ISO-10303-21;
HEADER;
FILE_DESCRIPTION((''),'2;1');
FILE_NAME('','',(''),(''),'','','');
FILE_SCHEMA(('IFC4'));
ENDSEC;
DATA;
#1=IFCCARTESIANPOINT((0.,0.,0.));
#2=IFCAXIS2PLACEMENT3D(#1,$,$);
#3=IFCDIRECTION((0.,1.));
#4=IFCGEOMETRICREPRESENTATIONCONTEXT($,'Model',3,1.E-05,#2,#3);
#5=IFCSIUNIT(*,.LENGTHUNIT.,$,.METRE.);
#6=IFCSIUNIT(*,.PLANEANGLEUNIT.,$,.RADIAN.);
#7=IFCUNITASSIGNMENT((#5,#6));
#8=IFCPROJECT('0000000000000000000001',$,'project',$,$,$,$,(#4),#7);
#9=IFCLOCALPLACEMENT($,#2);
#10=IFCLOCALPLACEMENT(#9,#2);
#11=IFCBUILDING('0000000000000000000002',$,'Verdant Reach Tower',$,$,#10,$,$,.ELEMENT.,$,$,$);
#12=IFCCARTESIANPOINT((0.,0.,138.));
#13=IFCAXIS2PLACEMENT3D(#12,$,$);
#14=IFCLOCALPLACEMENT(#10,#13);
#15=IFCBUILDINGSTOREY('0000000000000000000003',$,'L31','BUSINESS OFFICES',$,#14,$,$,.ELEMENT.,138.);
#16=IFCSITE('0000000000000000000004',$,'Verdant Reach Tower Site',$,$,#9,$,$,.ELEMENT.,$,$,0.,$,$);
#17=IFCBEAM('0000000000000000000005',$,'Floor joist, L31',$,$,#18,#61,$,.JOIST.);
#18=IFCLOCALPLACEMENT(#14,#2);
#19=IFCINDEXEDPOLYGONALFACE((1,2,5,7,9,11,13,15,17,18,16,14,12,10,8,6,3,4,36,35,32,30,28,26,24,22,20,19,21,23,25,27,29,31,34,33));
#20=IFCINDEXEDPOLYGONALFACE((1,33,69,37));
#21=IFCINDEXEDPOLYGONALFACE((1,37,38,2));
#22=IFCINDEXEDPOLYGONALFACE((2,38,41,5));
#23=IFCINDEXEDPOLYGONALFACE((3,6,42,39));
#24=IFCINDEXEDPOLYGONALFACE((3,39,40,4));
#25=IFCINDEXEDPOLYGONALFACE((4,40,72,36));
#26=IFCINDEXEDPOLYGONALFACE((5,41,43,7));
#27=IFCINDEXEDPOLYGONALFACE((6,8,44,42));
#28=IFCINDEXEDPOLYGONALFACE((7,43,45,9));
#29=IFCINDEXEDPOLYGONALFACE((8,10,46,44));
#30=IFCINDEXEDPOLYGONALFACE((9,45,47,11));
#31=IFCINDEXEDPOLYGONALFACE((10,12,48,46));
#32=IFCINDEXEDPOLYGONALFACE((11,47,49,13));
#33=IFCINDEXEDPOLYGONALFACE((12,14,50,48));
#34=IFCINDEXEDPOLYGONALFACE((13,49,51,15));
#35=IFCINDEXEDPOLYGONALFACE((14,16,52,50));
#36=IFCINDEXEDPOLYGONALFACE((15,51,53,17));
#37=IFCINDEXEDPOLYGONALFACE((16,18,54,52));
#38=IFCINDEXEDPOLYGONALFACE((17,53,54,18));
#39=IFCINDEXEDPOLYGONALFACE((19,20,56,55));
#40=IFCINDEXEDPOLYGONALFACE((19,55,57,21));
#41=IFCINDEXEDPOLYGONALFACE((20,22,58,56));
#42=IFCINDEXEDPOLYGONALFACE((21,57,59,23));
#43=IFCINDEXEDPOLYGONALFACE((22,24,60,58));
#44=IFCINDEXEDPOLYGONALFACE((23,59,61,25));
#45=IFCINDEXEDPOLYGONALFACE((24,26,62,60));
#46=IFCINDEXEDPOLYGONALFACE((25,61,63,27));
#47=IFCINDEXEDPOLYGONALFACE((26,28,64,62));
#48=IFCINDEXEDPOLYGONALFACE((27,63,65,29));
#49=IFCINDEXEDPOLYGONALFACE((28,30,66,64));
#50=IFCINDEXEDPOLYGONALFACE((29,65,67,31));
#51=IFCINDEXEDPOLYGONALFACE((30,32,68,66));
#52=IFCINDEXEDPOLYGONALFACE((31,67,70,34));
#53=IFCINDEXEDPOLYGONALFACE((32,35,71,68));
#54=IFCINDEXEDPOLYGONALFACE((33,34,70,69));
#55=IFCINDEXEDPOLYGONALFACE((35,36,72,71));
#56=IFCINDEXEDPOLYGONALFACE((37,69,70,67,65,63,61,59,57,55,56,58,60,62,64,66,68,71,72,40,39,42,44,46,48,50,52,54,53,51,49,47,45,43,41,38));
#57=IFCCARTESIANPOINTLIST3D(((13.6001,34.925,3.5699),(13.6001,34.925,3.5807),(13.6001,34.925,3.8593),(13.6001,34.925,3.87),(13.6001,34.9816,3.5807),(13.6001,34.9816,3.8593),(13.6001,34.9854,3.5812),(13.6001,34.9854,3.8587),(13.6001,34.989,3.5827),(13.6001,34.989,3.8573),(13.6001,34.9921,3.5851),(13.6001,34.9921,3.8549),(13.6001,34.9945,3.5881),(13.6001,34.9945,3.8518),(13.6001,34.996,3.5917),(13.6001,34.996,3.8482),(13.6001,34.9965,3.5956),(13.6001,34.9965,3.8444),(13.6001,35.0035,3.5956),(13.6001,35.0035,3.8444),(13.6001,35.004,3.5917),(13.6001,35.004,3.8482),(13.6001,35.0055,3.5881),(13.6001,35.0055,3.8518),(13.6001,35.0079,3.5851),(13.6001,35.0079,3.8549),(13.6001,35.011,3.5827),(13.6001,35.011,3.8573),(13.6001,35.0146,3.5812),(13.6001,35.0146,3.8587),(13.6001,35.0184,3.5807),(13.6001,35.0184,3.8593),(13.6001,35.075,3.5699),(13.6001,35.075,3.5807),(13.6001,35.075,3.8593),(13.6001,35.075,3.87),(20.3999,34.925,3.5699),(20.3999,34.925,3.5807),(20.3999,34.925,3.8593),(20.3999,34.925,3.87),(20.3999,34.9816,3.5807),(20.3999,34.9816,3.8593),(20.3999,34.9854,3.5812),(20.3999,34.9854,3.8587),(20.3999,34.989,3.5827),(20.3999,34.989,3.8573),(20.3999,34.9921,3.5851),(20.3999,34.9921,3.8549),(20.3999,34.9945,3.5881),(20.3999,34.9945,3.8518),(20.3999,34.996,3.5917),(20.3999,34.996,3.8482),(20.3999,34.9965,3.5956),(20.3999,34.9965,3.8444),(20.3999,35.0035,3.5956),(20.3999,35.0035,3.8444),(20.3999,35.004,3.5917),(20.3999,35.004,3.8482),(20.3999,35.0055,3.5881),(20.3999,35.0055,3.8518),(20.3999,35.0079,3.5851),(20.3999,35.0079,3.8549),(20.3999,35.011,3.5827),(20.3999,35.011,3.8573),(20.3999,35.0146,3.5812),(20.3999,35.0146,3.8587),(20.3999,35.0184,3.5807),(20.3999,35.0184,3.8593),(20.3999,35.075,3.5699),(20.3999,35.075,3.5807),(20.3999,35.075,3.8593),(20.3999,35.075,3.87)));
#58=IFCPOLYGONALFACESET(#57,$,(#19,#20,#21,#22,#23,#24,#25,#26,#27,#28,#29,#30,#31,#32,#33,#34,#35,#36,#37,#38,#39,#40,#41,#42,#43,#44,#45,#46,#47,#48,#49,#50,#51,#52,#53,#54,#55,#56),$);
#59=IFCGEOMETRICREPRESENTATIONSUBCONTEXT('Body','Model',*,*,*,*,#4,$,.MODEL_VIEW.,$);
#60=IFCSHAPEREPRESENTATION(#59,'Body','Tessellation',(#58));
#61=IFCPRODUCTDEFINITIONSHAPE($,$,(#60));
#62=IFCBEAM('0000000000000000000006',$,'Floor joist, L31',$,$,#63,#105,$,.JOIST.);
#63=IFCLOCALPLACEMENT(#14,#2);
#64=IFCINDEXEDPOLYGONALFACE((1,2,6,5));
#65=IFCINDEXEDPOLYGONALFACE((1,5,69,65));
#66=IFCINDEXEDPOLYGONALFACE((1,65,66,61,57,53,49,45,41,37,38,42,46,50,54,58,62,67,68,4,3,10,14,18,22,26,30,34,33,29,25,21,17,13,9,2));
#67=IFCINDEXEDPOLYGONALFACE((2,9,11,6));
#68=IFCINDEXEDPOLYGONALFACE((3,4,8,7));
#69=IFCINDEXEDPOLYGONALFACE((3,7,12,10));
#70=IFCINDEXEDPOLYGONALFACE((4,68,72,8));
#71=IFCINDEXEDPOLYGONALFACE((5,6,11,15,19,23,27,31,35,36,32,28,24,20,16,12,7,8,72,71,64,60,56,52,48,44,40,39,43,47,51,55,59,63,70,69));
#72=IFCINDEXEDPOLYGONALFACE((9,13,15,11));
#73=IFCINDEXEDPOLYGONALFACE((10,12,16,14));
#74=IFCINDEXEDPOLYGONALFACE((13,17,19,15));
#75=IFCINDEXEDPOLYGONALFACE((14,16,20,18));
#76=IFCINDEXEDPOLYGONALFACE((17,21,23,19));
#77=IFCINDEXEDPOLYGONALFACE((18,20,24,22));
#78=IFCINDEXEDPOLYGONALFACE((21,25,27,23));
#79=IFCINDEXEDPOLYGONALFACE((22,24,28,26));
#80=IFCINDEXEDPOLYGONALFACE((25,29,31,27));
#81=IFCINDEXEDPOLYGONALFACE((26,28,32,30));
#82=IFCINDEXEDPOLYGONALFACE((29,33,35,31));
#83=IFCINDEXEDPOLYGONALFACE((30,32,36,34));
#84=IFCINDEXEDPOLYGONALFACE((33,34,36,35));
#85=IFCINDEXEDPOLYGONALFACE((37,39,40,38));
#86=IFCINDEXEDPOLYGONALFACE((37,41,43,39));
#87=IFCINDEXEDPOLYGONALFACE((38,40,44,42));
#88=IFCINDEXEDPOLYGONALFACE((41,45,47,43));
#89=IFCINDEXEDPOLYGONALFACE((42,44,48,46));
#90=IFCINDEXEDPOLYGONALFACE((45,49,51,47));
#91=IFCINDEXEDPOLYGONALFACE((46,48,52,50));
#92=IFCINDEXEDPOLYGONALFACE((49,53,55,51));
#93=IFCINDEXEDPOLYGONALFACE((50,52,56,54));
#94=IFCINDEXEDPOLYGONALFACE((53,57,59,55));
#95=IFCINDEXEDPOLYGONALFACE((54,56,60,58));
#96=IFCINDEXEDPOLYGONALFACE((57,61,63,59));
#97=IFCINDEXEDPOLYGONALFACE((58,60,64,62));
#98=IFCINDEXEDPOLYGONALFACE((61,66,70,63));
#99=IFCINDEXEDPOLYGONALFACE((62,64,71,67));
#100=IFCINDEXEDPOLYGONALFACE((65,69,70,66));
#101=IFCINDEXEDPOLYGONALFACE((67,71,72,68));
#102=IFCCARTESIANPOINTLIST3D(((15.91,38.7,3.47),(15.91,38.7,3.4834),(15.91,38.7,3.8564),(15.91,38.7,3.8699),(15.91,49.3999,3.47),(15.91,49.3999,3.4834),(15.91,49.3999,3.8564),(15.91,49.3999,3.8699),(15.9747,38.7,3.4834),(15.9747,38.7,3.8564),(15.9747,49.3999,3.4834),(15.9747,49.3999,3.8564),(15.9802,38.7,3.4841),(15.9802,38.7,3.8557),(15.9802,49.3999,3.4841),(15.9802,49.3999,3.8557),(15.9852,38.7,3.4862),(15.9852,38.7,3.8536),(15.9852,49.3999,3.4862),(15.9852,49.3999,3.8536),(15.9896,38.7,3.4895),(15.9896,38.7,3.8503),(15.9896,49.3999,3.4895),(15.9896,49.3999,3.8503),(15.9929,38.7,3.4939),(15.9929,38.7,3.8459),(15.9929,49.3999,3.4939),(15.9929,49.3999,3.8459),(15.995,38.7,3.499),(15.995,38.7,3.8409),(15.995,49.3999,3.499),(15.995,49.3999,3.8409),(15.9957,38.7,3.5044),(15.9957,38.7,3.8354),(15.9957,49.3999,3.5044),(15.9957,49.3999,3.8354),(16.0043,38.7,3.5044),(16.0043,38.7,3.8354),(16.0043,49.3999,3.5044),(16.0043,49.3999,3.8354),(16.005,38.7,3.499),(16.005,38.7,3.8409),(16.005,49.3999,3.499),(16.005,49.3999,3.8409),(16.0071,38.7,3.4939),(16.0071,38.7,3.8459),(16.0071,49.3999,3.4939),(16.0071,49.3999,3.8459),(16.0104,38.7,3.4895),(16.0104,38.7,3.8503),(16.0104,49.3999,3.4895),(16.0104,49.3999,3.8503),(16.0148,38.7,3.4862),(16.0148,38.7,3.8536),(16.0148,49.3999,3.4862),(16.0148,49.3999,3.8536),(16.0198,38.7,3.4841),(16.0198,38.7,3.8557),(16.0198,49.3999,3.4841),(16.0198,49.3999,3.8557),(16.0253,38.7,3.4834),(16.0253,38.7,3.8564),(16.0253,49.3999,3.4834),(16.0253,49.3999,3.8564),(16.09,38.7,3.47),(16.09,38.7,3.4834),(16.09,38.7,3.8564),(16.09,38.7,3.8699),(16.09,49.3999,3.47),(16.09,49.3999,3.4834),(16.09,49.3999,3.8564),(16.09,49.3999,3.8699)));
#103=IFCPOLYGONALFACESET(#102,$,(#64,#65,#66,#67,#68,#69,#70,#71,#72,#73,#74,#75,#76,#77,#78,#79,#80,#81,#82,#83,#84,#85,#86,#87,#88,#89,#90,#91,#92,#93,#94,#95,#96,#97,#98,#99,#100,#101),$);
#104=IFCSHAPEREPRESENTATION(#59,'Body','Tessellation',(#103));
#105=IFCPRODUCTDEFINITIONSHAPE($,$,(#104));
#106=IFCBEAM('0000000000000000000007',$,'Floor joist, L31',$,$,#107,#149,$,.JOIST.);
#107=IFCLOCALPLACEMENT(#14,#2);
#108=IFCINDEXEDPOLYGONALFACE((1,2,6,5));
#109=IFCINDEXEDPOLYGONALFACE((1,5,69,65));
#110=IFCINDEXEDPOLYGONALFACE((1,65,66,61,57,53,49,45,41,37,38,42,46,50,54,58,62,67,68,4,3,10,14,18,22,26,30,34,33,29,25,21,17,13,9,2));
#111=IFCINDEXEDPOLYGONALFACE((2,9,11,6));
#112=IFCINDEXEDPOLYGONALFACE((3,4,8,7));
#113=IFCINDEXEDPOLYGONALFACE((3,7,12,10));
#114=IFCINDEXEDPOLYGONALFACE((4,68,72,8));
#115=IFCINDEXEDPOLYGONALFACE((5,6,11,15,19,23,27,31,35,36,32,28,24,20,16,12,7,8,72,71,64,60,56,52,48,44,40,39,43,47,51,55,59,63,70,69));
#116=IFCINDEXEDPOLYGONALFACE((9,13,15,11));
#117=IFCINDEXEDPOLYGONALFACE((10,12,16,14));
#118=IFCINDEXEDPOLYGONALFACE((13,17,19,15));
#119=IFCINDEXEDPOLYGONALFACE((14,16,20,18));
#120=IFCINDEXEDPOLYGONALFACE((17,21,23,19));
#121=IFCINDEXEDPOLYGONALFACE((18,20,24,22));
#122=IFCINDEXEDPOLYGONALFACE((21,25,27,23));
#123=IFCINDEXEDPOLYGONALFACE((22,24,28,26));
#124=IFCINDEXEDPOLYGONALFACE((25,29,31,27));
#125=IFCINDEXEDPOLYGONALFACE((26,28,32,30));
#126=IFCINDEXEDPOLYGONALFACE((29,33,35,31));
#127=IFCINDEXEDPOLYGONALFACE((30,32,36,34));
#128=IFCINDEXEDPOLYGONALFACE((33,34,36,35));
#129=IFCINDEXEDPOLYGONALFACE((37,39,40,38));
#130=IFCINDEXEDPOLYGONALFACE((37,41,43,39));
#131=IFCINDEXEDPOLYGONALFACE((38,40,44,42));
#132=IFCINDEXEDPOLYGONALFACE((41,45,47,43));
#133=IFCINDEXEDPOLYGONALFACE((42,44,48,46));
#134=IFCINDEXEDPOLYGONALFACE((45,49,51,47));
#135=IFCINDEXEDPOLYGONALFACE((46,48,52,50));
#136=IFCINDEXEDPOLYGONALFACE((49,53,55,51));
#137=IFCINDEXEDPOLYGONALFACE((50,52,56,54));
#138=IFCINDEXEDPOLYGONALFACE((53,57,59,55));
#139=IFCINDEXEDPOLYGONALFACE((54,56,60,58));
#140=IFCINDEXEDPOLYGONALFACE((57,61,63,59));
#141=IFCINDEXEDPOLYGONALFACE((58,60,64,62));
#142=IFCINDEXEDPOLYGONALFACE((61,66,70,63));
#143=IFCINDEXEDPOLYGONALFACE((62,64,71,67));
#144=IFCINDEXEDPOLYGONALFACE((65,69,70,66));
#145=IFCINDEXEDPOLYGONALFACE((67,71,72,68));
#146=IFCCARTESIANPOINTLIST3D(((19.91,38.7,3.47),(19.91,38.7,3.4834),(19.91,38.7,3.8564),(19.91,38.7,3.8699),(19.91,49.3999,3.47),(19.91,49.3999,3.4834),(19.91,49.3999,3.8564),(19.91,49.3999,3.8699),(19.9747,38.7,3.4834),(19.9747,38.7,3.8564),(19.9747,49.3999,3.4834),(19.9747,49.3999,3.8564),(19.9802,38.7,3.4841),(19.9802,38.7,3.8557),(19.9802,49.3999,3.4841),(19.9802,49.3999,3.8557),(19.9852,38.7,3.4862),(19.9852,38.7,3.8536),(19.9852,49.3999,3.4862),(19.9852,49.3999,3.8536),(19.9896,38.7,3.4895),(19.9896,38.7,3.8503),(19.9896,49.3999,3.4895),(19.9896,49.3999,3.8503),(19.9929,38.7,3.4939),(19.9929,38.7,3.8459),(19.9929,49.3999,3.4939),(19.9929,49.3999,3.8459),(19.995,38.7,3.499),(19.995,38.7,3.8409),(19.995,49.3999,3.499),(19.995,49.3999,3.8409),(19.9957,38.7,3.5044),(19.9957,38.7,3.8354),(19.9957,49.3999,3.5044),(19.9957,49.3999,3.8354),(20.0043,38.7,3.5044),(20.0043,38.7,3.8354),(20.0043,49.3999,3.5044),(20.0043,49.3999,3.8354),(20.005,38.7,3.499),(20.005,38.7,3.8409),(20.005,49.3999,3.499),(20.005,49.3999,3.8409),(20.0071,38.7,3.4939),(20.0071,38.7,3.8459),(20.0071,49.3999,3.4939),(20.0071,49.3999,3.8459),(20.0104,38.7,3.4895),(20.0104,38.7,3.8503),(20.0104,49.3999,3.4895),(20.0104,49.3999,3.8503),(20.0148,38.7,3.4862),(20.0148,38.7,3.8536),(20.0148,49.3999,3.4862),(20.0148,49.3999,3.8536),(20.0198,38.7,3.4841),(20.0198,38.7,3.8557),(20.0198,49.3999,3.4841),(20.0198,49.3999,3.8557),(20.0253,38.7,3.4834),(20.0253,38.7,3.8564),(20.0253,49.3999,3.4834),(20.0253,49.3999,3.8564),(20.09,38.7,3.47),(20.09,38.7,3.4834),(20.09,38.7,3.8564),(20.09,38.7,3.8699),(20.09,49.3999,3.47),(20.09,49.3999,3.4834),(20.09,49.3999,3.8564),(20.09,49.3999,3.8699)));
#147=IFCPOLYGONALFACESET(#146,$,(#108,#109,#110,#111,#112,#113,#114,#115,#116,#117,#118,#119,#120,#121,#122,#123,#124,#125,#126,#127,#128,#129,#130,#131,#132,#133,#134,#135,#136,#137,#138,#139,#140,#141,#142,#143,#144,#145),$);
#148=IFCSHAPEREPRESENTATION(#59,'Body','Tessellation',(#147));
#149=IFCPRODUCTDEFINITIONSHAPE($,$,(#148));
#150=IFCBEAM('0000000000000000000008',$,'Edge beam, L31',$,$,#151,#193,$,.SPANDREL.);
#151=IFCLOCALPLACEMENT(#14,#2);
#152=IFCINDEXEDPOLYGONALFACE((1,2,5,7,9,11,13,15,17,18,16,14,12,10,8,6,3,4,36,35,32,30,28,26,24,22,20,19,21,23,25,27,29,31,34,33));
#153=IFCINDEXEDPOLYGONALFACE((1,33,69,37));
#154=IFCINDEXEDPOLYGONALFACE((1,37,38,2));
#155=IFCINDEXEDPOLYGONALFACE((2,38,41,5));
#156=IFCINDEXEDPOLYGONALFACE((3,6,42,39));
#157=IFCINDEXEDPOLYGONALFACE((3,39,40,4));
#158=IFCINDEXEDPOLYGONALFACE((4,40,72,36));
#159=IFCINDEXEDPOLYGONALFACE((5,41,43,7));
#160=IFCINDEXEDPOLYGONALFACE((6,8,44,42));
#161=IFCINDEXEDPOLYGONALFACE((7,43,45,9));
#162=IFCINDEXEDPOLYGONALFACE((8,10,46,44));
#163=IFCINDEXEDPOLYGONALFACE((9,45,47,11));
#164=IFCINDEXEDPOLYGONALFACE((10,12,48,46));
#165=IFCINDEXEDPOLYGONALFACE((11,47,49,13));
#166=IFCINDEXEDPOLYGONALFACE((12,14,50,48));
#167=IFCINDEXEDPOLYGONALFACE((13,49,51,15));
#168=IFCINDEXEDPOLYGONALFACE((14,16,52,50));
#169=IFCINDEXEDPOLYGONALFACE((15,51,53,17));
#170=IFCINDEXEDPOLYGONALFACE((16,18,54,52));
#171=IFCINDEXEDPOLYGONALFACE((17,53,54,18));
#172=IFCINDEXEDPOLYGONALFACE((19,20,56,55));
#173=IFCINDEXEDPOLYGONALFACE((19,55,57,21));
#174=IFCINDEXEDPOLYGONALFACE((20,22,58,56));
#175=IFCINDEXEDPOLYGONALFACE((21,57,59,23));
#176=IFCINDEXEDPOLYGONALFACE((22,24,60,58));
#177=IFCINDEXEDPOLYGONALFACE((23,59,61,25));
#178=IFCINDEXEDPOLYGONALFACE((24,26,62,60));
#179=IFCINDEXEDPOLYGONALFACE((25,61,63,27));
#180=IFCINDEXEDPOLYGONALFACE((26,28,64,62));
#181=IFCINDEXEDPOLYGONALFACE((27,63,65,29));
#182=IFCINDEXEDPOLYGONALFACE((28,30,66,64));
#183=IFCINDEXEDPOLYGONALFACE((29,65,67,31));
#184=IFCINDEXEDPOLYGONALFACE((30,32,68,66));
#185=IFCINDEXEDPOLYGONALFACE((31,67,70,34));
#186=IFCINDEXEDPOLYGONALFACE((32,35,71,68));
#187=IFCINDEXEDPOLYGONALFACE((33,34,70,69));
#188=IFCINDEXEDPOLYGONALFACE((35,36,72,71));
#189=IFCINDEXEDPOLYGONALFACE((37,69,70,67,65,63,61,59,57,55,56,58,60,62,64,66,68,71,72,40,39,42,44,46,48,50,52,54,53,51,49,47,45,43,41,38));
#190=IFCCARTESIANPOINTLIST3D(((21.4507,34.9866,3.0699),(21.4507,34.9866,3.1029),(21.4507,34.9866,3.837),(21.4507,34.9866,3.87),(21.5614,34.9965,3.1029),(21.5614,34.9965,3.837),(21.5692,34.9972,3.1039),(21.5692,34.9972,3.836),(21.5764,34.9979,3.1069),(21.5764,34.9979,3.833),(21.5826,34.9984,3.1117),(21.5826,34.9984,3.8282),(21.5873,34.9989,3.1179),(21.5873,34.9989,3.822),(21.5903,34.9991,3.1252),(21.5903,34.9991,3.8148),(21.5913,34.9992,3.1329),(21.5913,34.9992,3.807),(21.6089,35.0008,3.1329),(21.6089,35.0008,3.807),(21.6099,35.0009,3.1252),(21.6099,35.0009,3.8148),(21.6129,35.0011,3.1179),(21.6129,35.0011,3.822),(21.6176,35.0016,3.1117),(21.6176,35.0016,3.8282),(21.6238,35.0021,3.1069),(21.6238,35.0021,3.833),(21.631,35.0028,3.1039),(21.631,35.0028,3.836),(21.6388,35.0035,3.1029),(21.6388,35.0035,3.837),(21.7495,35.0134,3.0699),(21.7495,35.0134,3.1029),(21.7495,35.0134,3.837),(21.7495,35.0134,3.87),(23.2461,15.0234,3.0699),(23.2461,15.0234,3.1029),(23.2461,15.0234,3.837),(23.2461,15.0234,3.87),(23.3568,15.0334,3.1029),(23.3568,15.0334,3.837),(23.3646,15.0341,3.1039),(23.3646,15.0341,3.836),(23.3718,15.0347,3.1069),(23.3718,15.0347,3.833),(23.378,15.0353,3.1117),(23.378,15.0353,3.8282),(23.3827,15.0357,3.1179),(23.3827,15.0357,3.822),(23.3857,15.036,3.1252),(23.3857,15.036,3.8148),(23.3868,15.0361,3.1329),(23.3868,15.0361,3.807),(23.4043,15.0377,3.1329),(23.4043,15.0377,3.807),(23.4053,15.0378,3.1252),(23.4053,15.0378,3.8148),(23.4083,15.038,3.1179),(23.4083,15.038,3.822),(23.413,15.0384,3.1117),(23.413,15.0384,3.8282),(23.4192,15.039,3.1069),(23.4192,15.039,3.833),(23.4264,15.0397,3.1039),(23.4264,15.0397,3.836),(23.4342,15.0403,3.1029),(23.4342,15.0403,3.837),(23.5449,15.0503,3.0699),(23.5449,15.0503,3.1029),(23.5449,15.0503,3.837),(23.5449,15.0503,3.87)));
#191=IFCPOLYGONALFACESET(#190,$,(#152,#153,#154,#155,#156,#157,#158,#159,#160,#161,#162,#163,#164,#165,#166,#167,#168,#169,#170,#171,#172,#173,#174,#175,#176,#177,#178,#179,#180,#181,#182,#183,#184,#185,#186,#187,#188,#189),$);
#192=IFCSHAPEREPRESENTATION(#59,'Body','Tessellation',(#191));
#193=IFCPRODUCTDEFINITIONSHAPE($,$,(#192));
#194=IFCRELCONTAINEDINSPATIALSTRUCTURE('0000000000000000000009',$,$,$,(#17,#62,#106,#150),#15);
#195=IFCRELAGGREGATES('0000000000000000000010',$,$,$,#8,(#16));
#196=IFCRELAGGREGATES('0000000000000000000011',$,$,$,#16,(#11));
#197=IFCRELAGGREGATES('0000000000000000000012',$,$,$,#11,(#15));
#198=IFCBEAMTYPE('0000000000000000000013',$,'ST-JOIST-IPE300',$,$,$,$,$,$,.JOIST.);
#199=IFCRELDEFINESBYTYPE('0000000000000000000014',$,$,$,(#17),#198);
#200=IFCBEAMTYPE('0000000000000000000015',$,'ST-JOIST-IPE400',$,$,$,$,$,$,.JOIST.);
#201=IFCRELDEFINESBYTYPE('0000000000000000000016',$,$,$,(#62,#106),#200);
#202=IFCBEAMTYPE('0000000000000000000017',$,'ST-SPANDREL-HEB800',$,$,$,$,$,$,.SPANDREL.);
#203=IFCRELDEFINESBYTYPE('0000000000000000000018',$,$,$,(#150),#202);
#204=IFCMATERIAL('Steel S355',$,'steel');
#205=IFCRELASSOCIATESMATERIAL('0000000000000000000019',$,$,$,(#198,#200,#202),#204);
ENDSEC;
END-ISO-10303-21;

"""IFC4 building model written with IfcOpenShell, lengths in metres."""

from ifc_helpers import new_model, si_unit, direction, frame, origin, origin_2d, place, context, subcontext, project, spatial, i_section, extrude, material, material_profile, profile_set, type_object, element, save


model = new_model("IFC4")

# Units and contexts
model_context = context("Model", 3, precision=1e-05, world=origin(), true_north=direction((0.0, 1.0)))
body_context = subcontext(model_context, "Body", "Model", "MODEL_VIEW")
ifc_project = project(units=[si_unit("LENGTHUNIT", "METRE"), si_unit("PLANEANGLEUNIT", "RADIAN")], contexts=[model_context])

# Site, building, storey
site_placement = place(None, origin())
site = spatial("IfcSite", under=ifc_project, at=site_placement, Name="Verdant Reach Tower Site", CompositionType="ELEMENT", RefElevation=0.0)
building_placement = place(site_placement, origin())
building = spatial("IfcBuilding", under=site, at=building_placement, Name="Verdant Reach Tower", CompositionType="ELEMENT")
storey_placement = place(building_placement, frame((0.0, 0.0, 138.0)))
storey = spatial("IfcBuildingStorey", under=building, at=storey_placement, Name="L31", Description="BUSINESS OFFICES", CompositionType="ELEMENT", Elevation=138.0)

# Beams
ifc_material_1 = material(Name="Steel S355", Category="steel")
ifc_material_profile_1 = material_profile(ifc_material_1, i_section(OverallWidth=0.1499, OverallDepth=0.3, WebThickness=0.0071, FlangeThickness=0.0107, FilletRadius=0.0149, at=origin_2d()), Name="IPE 300")
ifc_profile_set_1 = profile_set([ifc_material_profile_1], Name="Steel S355")
beam_type_1 = type_object("IfcBeamType", Name="ST-JOIST-IPE300", PredefinedType="JOIST", material=ifc_profile_set_1)
beam_1_placement = place(storey_placement, frame((13.6001, 35.0, 3.72), z_axis=(1.0, 0.0, 0.0), x_axis=(0.0, 1.0, 0.0)))
element("IfcBeam", 1, at=beam_1_placement, inside=storey, type_object=beam_type_1, Name="Floor joist, L31", PredefinedType="JOIST", context=body_context, shape_type="SweptSolid", body=[
    extrude(i_section(OverallWidth=0.1499, OverallDepth=0.3, WebThickness=0.0071, FlangeThickness=0.0107, FilletRadius=0.0149, at=origin_2d()), origin(), (0.0, 0.0, 1.0), 6.7998),
])
ifc_material_profile_2 = material_profile(ifc_material_1, i_section(OverallWidth=0.1799, OverallDepth=0.3999, WebThickness=0.0085, FlangeThickness=0.0134, FilletRadius=0.021, at=origin_2d()), Name="IPE 400")
ifc_profile_set_2 = profile_set([ifc_material_profile_2], Name="Steel S355")
beam_type_2 = type_object("IfcBeamType", Name="ST-JOIST-IPE400", PredefinedType="JOIST", material=ifc_profile_set_2)
for number, where, z_axis, x_axis, name in (
    (2, (16.0, 38.7, 3.6699), (0.0, 1.0, 0.0), (-1.0, 0.0, 0.0), "Floor joist, L31"),
    (3, (20.0, 38.7, 3.6699), (0.0, 1.0, 0.0), (-1.0, 0.0, 0.0), "Floor joist, L31"),
):
    element("IfcBeam", number, at=place(storey_placement, frame(where, z_axis=z_axis, x_axis=x_axis)), inside=storey, type_object=beam_type_2, Name=name, PredefinedType="JOIST", context=body_context, shape_type="SweptSolid", body=[
        extrude(i_section(OverallWidth=0.1799, OverallDepth=0.3999, WebThickness=0.0085, FlangeThickness=0.0134, FilletRadius=0.021, at=origin_2d()), origin(), (0.0, 0.0, 1.0), 10.7),
    ])
ifc_material_profile_3 = material_profile(ifc_material_1, i_section(OverallWidth=0.3, OverallDepth=0.8, WebThickness=0.0176, FlangeThickness=0.033, FilletRadius=0.03, at=origin_2d()), Name="HEB 800")
ifc_profile_set_3 = profile_set([ifc_material_profile_3], Name="Steel S355")
beam_type_3 = type_object("IfcBeamType", Name="ST-SPANDREL-HEB800", PredefinedType="SPANDREL", material=ifc_profile_set_3)
beam_2_placement = place(storey_placement, frame((21.6001, 35.0, 3.47), z_axis=(0.089575, -0.99598, 0.0), x_axis=(0.99598, 0.089575, 0.0)))
element("IfcBeam", 4, at=beam_2_placement, inside=storey, type_object=beam_type_3, Name="Edge beam, L31", PredefinedType="SPANDREL", context=body_context, shape_type="SweptSolid", body=[
    extrude(i_section(OverallWidth=0.3, OverallDepth=0.8, WebThickness=0.0176, FlangeThickness=0.033, FilletRadius=0.03, at=origin_2d()), origin(), (0.0, 0.0, 1.0), 20.0437),
])

save(model, "model.ifc")
